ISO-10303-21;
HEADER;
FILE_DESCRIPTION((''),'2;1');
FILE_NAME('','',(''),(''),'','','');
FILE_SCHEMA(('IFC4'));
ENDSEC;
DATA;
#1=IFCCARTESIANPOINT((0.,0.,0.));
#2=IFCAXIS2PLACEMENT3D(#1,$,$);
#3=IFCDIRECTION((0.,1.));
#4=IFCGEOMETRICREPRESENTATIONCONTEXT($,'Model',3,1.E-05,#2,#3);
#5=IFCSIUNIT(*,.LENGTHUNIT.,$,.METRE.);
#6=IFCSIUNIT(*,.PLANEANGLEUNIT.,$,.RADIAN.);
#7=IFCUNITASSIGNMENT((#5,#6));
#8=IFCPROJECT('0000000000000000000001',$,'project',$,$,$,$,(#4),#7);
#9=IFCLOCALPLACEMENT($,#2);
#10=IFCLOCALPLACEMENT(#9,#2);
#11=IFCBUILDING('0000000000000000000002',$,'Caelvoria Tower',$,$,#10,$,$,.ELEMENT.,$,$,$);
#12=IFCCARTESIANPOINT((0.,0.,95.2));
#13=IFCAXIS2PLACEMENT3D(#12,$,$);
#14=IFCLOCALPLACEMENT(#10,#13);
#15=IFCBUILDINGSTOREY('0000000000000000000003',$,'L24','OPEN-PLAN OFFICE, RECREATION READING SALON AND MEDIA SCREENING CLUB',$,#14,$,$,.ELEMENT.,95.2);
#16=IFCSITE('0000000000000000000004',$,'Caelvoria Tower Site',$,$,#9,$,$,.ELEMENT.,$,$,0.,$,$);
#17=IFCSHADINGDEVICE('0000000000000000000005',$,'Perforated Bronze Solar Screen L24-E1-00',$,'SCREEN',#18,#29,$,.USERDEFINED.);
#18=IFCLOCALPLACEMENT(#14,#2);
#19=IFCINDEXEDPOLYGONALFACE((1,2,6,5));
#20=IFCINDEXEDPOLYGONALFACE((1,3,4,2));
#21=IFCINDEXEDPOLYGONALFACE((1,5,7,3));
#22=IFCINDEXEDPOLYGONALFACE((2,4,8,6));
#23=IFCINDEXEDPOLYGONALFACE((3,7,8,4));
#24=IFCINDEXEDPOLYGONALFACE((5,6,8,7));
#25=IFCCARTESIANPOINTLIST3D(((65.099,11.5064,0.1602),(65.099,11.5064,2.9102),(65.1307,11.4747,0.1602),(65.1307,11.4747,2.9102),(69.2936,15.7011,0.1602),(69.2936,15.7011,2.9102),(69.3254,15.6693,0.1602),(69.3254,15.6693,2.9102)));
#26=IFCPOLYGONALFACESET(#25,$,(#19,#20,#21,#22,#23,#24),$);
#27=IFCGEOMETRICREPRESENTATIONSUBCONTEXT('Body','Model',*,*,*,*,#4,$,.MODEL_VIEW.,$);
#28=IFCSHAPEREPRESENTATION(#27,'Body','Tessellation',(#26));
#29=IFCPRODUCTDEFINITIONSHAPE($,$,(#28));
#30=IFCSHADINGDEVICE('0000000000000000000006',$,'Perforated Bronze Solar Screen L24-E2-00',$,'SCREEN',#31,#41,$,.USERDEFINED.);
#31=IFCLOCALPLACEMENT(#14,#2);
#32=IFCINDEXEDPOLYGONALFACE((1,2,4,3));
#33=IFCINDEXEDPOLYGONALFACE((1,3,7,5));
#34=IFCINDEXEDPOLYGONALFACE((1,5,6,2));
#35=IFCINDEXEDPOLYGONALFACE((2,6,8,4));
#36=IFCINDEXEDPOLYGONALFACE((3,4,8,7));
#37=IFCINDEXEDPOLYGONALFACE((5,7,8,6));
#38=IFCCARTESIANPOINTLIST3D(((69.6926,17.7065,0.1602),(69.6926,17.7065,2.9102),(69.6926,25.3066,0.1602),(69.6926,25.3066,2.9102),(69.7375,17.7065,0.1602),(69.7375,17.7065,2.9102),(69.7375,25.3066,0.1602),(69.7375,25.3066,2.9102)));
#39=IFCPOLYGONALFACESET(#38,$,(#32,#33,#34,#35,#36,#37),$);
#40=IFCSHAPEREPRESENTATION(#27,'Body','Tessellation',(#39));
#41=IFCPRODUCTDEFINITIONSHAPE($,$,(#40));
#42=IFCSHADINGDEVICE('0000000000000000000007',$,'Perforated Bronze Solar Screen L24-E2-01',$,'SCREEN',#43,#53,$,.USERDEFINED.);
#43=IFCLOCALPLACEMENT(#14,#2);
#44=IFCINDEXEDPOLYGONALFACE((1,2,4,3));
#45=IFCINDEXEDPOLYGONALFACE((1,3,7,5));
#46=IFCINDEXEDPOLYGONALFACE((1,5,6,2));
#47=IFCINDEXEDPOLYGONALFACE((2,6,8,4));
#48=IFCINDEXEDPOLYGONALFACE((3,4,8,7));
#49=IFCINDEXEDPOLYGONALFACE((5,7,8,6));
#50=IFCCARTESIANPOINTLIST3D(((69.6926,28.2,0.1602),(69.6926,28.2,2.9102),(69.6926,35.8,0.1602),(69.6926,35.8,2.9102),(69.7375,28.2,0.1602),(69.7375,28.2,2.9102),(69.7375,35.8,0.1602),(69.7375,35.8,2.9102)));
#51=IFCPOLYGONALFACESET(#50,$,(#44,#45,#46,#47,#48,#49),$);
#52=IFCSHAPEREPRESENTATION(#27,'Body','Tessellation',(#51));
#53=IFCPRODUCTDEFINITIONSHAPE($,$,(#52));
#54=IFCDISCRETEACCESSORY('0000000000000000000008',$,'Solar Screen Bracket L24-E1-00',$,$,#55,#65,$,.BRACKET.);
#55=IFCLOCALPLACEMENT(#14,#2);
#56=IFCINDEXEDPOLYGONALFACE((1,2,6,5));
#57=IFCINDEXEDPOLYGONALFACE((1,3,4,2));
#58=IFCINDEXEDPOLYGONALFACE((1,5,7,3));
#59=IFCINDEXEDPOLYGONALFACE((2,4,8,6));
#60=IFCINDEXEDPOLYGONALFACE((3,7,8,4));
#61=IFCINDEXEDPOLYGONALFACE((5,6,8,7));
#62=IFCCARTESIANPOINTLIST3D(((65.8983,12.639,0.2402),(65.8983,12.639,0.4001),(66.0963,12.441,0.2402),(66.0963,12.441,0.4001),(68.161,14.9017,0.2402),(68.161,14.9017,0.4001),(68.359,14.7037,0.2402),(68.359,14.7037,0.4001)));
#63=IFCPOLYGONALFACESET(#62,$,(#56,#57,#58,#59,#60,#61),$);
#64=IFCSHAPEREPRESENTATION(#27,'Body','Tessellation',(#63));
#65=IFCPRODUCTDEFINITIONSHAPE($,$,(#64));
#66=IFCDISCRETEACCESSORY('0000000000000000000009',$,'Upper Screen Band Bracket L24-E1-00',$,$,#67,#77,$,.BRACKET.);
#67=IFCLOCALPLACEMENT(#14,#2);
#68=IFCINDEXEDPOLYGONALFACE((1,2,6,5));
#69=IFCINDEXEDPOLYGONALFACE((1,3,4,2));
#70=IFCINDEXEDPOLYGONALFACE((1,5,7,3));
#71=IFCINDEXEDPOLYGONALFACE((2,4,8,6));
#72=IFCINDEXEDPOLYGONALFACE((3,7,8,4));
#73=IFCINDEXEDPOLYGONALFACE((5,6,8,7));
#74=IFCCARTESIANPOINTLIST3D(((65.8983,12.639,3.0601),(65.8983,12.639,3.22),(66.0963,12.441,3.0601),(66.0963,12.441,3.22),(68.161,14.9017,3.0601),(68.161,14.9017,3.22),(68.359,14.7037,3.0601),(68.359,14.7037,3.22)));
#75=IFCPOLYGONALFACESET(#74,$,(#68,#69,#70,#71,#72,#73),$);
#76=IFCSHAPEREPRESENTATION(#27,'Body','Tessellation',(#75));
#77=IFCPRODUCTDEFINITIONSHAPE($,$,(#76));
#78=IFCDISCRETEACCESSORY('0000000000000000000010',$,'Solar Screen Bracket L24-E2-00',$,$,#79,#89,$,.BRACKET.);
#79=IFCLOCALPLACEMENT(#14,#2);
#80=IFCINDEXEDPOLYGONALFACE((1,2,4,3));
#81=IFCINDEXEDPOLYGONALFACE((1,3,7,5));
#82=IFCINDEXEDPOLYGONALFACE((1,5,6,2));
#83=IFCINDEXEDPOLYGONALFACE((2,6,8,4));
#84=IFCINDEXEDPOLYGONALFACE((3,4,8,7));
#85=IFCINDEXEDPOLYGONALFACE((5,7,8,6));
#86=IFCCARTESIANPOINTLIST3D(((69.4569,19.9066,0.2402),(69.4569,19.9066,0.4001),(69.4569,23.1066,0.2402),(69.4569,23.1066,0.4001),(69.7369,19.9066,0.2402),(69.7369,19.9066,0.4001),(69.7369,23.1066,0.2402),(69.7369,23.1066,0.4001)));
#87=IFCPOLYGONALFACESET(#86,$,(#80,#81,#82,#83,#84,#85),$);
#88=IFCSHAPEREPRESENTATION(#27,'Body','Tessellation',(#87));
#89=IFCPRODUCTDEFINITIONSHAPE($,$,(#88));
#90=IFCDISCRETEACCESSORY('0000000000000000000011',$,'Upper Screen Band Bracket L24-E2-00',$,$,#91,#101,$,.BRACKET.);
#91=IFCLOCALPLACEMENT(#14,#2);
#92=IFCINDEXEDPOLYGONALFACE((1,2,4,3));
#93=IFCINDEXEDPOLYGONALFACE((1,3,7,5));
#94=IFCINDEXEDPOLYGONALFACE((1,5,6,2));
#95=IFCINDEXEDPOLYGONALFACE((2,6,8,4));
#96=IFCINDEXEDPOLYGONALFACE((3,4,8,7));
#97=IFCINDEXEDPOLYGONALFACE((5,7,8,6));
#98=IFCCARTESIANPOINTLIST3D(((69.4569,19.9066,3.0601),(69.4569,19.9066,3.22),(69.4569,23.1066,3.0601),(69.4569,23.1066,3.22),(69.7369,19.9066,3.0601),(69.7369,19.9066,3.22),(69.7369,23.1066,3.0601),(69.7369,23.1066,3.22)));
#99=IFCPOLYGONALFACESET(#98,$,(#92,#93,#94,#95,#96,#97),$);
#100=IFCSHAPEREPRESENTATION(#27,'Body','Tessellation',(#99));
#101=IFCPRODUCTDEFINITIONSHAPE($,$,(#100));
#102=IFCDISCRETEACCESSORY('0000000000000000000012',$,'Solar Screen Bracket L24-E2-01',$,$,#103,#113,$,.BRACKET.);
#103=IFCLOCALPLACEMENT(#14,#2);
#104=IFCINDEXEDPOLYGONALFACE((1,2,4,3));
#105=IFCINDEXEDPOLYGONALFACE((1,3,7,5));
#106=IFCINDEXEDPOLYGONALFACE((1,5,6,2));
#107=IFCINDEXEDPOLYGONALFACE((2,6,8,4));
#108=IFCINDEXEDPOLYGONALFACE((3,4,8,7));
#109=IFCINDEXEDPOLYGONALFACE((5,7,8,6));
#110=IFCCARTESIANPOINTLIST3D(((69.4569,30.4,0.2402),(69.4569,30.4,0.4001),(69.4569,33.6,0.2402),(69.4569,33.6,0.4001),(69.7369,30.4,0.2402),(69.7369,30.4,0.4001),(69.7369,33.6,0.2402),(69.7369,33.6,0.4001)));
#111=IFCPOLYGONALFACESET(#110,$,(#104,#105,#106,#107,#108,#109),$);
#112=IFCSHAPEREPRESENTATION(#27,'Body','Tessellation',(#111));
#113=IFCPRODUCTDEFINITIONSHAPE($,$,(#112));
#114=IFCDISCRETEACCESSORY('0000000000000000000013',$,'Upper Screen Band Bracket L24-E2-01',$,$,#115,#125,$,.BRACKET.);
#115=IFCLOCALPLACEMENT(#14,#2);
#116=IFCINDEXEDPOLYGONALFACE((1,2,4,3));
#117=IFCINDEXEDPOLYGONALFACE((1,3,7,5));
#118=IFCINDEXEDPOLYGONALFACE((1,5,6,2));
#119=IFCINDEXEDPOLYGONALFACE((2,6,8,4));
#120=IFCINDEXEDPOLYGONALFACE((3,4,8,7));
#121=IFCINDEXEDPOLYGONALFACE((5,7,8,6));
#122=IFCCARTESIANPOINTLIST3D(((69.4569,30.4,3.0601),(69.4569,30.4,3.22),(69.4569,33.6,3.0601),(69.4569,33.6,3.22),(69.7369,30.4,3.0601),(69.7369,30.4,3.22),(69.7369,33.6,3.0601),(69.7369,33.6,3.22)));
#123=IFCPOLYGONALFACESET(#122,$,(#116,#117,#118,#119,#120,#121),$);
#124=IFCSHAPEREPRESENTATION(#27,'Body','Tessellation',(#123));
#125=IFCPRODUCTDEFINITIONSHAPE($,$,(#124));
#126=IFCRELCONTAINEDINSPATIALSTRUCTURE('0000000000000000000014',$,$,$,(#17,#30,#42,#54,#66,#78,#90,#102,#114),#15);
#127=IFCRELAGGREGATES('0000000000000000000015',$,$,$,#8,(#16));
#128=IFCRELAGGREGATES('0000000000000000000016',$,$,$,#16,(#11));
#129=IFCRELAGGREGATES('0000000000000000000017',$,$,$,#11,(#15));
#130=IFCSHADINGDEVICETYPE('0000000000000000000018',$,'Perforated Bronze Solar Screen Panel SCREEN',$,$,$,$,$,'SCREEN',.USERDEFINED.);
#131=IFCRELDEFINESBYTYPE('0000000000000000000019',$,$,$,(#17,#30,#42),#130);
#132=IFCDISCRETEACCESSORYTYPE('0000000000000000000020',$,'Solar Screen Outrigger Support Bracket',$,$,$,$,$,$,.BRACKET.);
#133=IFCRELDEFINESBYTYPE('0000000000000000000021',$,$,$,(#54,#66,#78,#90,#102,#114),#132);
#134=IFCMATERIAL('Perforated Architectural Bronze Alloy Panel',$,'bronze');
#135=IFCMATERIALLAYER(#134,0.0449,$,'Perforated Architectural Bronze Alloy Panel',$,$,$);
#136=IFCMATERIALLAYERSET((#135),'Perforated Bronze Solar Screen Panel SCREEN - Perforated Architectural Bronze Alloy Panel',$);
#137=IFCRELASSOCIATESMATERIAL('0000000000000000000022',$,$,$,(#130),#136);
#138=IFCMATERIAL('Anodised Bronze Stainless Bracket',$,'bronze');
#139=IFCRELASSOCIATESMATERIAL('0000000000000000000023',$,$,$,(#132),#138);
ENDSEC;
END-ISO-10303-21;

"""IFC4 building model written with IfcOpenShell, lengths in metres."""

from ifc_helpers import new_model, si_unit, direction, frame, origin, origin_2d, place, context, subcontext, project, spatial, rectangle, extrude, material, layer, layer_set, type_object, element, save


model = new_model("IFC4")

# Units and contexts
model_context = context("Model", 3, precision=1e-05, world=origin(), true_north=direction((0.0, 1.0)))
body_context = subcontext(model_context, "Body", "Model", "MODEL_VIEW")
ifc_project = project(units=[si_unit("LENGTHUNIT", "METRE"), si_unit("PLANEANGLEUNIT", "RADIAN")], contexts=[model_context])

# Site, building, storey
site_placement = place(None, origin())
site = spatial("IfcSite", under=ifc_project, at=site_placement, Name="Caelvoria Tower Site", CompositionType="ELEMENT", RefElevation=0.0)
building_placement = place(site_placement, origin())
building = spatial("IfcBuilding", under=site, at=building_placement, Name="Caelvoria Tower", CompositionType="ELEMENT")
storey_placement = place(building_placement, frame((0.0, 0.0, 95.2)))
storey = spatial("IfcBuildingStorey", under=building, at=storey_placement, Name="L24", Description="OPEN-PLAN OFFICE, RECREATION READING SALON AND MEDIA SCREENING CLUB", CompositionType="ELEMENT", Elevation=95.2)

# Shading devices
ifc_material_1 = material(Name="Perforated Architectural Bronze Alloy Panel", Category="bronze")
ifc_layer_1 = layer(ifc_material_1, 0.0449, Name="Perforated Architectural Bronze Alloy Panel")
ifc_layer_set_1 = layer_set([ifc_layer_1], Name="Perforated Bronze Solar Screen Panel SCREEN - Perforated Architectural Bronze Alloy Panel")
shading_device_type = type_object("IfcShadingDeviceType", Name="Perforated Bronze Solar Screen Panel SCREEN", ElementType="SCREEN", PredefinedType="USERDEFINED", material=ifc_layer_set_1)
shading_device_placement = place(storey_placement, frame((67.2122, 13.5879, 0.1602), z_axis=(0.0, 0.0, 1.0), x_axis=(0.707107, 0.707107, 0.0)))
element("IfcShadingDevice", 1, at=shading_device_placement, inside=storey, type_object=shading_device_type, Name="Perforated Bronze Solar Screen L24-E1-00", ObjectType="SCREEN", PredefinedType="USERDEFINED", context=body_context, shape_type="SweptSolid", body=[
    extrude(rectangle(XDim=5.9321, YDim=0.0449, at=origin_2d()), origin(), (0.0, 0.0, 1.0), 2.75),
])
for number, where, z_axis, x_axis, name in (
    (2, (69.7151, 21.5066, 0.1602), (0.0, 0.0, 1.0), (0.0, 1.0, 0.0), "Perforated Bronze Solar Screen L24-E2-00"),
    (3, (69.7151, 32.0, 0.1602), (0.0, 0.0, 1.0), (0.0, 1.0, 0.0), "Perforated Bronze Solar Screen L24-E2-01"),
):
    element("IfcShadingDevice", number, at=place(storey_placement, frame(where, z_axis=z_axis, x_axis=x_axis)), inside=storey, type_object=shading_device_type, Name=name, ObjectType="SCREEN", PredefinedType="USERDEFINED", context=body_context, shape_type="SweptSolid", body=[
        extrude(rectangle(XDim=7.6001, YDim=0.0449, at=origin_2d()), origin(), (0.0, 0.0, 1.0), 2.75),
    ])

# Discrete accessories
ifc_material_2 = material(Name="Anodised Bronze Stainless Bracket", Category="bronze")
discrete_accessory_type = type_object("IfcDiscreteAccessoryType", Name="Solar Screen Outrigger Support Bracket", PredefinedType="BRACKET", material=ifc_material_2)
for number, where, z_axis, x_axis, name in (
    (4, (67.1287, 13.6714, 0.2402), (0.0, 0.0, 1.0), (0.707107, 0.707107, 0.0), "Solar Screen Bracket L24-E1-00"),
    (5, (67.1287, 13.6714, 3.0601), (0.0, 0.0, 1.0), (0.707107, 0.707107, 0.0), "Upper Screen Band Bracket L24-E1-00"),
    (6, (69.5969, 21.5066, 0.2402), (0.0, 0.0, 1.0), (0.0, 1.0, 0.0), "Solar Screen Bracket L24-E2-00"),
    (7, (69.5969, 21.5066, 3.0601), (0.0, 0.0, 1.0), (0.0, 1.0, 0.0), "Upper Screen Band Bracket L24-E2-00"),
    (8, (69.5969, 32.0, 0.2402), (0.0, 0.0, 1.0), (0.0, 1.0, 0.0), "Solar Screen Bracket L24-E2-01"),
    (9, (69.5969, 32.0, 3.0601), (0.0, 0.0, 1.0), (0.0, 1.0, 0.0), "Upper Screen Band Bracket L24-E2-01"),
):
    element("IfcDiscreteAccessory", number, at=place(storey_placement, frame(where, z_axis=z_axis, x_axis=x_axis)), inside=storey, type_object=discrete_accessory_type, Name=name, PredefinedType="BRACKET", context=body_context, shape_type="SweptSolid", body=[
        extrude(rectangle(XDim=3.2, YDim=0.28, at=origin_2d()), origin(), (0.0, 0.0, 1.0), 0.1599),
    ])

save(model, "model.ifc")
